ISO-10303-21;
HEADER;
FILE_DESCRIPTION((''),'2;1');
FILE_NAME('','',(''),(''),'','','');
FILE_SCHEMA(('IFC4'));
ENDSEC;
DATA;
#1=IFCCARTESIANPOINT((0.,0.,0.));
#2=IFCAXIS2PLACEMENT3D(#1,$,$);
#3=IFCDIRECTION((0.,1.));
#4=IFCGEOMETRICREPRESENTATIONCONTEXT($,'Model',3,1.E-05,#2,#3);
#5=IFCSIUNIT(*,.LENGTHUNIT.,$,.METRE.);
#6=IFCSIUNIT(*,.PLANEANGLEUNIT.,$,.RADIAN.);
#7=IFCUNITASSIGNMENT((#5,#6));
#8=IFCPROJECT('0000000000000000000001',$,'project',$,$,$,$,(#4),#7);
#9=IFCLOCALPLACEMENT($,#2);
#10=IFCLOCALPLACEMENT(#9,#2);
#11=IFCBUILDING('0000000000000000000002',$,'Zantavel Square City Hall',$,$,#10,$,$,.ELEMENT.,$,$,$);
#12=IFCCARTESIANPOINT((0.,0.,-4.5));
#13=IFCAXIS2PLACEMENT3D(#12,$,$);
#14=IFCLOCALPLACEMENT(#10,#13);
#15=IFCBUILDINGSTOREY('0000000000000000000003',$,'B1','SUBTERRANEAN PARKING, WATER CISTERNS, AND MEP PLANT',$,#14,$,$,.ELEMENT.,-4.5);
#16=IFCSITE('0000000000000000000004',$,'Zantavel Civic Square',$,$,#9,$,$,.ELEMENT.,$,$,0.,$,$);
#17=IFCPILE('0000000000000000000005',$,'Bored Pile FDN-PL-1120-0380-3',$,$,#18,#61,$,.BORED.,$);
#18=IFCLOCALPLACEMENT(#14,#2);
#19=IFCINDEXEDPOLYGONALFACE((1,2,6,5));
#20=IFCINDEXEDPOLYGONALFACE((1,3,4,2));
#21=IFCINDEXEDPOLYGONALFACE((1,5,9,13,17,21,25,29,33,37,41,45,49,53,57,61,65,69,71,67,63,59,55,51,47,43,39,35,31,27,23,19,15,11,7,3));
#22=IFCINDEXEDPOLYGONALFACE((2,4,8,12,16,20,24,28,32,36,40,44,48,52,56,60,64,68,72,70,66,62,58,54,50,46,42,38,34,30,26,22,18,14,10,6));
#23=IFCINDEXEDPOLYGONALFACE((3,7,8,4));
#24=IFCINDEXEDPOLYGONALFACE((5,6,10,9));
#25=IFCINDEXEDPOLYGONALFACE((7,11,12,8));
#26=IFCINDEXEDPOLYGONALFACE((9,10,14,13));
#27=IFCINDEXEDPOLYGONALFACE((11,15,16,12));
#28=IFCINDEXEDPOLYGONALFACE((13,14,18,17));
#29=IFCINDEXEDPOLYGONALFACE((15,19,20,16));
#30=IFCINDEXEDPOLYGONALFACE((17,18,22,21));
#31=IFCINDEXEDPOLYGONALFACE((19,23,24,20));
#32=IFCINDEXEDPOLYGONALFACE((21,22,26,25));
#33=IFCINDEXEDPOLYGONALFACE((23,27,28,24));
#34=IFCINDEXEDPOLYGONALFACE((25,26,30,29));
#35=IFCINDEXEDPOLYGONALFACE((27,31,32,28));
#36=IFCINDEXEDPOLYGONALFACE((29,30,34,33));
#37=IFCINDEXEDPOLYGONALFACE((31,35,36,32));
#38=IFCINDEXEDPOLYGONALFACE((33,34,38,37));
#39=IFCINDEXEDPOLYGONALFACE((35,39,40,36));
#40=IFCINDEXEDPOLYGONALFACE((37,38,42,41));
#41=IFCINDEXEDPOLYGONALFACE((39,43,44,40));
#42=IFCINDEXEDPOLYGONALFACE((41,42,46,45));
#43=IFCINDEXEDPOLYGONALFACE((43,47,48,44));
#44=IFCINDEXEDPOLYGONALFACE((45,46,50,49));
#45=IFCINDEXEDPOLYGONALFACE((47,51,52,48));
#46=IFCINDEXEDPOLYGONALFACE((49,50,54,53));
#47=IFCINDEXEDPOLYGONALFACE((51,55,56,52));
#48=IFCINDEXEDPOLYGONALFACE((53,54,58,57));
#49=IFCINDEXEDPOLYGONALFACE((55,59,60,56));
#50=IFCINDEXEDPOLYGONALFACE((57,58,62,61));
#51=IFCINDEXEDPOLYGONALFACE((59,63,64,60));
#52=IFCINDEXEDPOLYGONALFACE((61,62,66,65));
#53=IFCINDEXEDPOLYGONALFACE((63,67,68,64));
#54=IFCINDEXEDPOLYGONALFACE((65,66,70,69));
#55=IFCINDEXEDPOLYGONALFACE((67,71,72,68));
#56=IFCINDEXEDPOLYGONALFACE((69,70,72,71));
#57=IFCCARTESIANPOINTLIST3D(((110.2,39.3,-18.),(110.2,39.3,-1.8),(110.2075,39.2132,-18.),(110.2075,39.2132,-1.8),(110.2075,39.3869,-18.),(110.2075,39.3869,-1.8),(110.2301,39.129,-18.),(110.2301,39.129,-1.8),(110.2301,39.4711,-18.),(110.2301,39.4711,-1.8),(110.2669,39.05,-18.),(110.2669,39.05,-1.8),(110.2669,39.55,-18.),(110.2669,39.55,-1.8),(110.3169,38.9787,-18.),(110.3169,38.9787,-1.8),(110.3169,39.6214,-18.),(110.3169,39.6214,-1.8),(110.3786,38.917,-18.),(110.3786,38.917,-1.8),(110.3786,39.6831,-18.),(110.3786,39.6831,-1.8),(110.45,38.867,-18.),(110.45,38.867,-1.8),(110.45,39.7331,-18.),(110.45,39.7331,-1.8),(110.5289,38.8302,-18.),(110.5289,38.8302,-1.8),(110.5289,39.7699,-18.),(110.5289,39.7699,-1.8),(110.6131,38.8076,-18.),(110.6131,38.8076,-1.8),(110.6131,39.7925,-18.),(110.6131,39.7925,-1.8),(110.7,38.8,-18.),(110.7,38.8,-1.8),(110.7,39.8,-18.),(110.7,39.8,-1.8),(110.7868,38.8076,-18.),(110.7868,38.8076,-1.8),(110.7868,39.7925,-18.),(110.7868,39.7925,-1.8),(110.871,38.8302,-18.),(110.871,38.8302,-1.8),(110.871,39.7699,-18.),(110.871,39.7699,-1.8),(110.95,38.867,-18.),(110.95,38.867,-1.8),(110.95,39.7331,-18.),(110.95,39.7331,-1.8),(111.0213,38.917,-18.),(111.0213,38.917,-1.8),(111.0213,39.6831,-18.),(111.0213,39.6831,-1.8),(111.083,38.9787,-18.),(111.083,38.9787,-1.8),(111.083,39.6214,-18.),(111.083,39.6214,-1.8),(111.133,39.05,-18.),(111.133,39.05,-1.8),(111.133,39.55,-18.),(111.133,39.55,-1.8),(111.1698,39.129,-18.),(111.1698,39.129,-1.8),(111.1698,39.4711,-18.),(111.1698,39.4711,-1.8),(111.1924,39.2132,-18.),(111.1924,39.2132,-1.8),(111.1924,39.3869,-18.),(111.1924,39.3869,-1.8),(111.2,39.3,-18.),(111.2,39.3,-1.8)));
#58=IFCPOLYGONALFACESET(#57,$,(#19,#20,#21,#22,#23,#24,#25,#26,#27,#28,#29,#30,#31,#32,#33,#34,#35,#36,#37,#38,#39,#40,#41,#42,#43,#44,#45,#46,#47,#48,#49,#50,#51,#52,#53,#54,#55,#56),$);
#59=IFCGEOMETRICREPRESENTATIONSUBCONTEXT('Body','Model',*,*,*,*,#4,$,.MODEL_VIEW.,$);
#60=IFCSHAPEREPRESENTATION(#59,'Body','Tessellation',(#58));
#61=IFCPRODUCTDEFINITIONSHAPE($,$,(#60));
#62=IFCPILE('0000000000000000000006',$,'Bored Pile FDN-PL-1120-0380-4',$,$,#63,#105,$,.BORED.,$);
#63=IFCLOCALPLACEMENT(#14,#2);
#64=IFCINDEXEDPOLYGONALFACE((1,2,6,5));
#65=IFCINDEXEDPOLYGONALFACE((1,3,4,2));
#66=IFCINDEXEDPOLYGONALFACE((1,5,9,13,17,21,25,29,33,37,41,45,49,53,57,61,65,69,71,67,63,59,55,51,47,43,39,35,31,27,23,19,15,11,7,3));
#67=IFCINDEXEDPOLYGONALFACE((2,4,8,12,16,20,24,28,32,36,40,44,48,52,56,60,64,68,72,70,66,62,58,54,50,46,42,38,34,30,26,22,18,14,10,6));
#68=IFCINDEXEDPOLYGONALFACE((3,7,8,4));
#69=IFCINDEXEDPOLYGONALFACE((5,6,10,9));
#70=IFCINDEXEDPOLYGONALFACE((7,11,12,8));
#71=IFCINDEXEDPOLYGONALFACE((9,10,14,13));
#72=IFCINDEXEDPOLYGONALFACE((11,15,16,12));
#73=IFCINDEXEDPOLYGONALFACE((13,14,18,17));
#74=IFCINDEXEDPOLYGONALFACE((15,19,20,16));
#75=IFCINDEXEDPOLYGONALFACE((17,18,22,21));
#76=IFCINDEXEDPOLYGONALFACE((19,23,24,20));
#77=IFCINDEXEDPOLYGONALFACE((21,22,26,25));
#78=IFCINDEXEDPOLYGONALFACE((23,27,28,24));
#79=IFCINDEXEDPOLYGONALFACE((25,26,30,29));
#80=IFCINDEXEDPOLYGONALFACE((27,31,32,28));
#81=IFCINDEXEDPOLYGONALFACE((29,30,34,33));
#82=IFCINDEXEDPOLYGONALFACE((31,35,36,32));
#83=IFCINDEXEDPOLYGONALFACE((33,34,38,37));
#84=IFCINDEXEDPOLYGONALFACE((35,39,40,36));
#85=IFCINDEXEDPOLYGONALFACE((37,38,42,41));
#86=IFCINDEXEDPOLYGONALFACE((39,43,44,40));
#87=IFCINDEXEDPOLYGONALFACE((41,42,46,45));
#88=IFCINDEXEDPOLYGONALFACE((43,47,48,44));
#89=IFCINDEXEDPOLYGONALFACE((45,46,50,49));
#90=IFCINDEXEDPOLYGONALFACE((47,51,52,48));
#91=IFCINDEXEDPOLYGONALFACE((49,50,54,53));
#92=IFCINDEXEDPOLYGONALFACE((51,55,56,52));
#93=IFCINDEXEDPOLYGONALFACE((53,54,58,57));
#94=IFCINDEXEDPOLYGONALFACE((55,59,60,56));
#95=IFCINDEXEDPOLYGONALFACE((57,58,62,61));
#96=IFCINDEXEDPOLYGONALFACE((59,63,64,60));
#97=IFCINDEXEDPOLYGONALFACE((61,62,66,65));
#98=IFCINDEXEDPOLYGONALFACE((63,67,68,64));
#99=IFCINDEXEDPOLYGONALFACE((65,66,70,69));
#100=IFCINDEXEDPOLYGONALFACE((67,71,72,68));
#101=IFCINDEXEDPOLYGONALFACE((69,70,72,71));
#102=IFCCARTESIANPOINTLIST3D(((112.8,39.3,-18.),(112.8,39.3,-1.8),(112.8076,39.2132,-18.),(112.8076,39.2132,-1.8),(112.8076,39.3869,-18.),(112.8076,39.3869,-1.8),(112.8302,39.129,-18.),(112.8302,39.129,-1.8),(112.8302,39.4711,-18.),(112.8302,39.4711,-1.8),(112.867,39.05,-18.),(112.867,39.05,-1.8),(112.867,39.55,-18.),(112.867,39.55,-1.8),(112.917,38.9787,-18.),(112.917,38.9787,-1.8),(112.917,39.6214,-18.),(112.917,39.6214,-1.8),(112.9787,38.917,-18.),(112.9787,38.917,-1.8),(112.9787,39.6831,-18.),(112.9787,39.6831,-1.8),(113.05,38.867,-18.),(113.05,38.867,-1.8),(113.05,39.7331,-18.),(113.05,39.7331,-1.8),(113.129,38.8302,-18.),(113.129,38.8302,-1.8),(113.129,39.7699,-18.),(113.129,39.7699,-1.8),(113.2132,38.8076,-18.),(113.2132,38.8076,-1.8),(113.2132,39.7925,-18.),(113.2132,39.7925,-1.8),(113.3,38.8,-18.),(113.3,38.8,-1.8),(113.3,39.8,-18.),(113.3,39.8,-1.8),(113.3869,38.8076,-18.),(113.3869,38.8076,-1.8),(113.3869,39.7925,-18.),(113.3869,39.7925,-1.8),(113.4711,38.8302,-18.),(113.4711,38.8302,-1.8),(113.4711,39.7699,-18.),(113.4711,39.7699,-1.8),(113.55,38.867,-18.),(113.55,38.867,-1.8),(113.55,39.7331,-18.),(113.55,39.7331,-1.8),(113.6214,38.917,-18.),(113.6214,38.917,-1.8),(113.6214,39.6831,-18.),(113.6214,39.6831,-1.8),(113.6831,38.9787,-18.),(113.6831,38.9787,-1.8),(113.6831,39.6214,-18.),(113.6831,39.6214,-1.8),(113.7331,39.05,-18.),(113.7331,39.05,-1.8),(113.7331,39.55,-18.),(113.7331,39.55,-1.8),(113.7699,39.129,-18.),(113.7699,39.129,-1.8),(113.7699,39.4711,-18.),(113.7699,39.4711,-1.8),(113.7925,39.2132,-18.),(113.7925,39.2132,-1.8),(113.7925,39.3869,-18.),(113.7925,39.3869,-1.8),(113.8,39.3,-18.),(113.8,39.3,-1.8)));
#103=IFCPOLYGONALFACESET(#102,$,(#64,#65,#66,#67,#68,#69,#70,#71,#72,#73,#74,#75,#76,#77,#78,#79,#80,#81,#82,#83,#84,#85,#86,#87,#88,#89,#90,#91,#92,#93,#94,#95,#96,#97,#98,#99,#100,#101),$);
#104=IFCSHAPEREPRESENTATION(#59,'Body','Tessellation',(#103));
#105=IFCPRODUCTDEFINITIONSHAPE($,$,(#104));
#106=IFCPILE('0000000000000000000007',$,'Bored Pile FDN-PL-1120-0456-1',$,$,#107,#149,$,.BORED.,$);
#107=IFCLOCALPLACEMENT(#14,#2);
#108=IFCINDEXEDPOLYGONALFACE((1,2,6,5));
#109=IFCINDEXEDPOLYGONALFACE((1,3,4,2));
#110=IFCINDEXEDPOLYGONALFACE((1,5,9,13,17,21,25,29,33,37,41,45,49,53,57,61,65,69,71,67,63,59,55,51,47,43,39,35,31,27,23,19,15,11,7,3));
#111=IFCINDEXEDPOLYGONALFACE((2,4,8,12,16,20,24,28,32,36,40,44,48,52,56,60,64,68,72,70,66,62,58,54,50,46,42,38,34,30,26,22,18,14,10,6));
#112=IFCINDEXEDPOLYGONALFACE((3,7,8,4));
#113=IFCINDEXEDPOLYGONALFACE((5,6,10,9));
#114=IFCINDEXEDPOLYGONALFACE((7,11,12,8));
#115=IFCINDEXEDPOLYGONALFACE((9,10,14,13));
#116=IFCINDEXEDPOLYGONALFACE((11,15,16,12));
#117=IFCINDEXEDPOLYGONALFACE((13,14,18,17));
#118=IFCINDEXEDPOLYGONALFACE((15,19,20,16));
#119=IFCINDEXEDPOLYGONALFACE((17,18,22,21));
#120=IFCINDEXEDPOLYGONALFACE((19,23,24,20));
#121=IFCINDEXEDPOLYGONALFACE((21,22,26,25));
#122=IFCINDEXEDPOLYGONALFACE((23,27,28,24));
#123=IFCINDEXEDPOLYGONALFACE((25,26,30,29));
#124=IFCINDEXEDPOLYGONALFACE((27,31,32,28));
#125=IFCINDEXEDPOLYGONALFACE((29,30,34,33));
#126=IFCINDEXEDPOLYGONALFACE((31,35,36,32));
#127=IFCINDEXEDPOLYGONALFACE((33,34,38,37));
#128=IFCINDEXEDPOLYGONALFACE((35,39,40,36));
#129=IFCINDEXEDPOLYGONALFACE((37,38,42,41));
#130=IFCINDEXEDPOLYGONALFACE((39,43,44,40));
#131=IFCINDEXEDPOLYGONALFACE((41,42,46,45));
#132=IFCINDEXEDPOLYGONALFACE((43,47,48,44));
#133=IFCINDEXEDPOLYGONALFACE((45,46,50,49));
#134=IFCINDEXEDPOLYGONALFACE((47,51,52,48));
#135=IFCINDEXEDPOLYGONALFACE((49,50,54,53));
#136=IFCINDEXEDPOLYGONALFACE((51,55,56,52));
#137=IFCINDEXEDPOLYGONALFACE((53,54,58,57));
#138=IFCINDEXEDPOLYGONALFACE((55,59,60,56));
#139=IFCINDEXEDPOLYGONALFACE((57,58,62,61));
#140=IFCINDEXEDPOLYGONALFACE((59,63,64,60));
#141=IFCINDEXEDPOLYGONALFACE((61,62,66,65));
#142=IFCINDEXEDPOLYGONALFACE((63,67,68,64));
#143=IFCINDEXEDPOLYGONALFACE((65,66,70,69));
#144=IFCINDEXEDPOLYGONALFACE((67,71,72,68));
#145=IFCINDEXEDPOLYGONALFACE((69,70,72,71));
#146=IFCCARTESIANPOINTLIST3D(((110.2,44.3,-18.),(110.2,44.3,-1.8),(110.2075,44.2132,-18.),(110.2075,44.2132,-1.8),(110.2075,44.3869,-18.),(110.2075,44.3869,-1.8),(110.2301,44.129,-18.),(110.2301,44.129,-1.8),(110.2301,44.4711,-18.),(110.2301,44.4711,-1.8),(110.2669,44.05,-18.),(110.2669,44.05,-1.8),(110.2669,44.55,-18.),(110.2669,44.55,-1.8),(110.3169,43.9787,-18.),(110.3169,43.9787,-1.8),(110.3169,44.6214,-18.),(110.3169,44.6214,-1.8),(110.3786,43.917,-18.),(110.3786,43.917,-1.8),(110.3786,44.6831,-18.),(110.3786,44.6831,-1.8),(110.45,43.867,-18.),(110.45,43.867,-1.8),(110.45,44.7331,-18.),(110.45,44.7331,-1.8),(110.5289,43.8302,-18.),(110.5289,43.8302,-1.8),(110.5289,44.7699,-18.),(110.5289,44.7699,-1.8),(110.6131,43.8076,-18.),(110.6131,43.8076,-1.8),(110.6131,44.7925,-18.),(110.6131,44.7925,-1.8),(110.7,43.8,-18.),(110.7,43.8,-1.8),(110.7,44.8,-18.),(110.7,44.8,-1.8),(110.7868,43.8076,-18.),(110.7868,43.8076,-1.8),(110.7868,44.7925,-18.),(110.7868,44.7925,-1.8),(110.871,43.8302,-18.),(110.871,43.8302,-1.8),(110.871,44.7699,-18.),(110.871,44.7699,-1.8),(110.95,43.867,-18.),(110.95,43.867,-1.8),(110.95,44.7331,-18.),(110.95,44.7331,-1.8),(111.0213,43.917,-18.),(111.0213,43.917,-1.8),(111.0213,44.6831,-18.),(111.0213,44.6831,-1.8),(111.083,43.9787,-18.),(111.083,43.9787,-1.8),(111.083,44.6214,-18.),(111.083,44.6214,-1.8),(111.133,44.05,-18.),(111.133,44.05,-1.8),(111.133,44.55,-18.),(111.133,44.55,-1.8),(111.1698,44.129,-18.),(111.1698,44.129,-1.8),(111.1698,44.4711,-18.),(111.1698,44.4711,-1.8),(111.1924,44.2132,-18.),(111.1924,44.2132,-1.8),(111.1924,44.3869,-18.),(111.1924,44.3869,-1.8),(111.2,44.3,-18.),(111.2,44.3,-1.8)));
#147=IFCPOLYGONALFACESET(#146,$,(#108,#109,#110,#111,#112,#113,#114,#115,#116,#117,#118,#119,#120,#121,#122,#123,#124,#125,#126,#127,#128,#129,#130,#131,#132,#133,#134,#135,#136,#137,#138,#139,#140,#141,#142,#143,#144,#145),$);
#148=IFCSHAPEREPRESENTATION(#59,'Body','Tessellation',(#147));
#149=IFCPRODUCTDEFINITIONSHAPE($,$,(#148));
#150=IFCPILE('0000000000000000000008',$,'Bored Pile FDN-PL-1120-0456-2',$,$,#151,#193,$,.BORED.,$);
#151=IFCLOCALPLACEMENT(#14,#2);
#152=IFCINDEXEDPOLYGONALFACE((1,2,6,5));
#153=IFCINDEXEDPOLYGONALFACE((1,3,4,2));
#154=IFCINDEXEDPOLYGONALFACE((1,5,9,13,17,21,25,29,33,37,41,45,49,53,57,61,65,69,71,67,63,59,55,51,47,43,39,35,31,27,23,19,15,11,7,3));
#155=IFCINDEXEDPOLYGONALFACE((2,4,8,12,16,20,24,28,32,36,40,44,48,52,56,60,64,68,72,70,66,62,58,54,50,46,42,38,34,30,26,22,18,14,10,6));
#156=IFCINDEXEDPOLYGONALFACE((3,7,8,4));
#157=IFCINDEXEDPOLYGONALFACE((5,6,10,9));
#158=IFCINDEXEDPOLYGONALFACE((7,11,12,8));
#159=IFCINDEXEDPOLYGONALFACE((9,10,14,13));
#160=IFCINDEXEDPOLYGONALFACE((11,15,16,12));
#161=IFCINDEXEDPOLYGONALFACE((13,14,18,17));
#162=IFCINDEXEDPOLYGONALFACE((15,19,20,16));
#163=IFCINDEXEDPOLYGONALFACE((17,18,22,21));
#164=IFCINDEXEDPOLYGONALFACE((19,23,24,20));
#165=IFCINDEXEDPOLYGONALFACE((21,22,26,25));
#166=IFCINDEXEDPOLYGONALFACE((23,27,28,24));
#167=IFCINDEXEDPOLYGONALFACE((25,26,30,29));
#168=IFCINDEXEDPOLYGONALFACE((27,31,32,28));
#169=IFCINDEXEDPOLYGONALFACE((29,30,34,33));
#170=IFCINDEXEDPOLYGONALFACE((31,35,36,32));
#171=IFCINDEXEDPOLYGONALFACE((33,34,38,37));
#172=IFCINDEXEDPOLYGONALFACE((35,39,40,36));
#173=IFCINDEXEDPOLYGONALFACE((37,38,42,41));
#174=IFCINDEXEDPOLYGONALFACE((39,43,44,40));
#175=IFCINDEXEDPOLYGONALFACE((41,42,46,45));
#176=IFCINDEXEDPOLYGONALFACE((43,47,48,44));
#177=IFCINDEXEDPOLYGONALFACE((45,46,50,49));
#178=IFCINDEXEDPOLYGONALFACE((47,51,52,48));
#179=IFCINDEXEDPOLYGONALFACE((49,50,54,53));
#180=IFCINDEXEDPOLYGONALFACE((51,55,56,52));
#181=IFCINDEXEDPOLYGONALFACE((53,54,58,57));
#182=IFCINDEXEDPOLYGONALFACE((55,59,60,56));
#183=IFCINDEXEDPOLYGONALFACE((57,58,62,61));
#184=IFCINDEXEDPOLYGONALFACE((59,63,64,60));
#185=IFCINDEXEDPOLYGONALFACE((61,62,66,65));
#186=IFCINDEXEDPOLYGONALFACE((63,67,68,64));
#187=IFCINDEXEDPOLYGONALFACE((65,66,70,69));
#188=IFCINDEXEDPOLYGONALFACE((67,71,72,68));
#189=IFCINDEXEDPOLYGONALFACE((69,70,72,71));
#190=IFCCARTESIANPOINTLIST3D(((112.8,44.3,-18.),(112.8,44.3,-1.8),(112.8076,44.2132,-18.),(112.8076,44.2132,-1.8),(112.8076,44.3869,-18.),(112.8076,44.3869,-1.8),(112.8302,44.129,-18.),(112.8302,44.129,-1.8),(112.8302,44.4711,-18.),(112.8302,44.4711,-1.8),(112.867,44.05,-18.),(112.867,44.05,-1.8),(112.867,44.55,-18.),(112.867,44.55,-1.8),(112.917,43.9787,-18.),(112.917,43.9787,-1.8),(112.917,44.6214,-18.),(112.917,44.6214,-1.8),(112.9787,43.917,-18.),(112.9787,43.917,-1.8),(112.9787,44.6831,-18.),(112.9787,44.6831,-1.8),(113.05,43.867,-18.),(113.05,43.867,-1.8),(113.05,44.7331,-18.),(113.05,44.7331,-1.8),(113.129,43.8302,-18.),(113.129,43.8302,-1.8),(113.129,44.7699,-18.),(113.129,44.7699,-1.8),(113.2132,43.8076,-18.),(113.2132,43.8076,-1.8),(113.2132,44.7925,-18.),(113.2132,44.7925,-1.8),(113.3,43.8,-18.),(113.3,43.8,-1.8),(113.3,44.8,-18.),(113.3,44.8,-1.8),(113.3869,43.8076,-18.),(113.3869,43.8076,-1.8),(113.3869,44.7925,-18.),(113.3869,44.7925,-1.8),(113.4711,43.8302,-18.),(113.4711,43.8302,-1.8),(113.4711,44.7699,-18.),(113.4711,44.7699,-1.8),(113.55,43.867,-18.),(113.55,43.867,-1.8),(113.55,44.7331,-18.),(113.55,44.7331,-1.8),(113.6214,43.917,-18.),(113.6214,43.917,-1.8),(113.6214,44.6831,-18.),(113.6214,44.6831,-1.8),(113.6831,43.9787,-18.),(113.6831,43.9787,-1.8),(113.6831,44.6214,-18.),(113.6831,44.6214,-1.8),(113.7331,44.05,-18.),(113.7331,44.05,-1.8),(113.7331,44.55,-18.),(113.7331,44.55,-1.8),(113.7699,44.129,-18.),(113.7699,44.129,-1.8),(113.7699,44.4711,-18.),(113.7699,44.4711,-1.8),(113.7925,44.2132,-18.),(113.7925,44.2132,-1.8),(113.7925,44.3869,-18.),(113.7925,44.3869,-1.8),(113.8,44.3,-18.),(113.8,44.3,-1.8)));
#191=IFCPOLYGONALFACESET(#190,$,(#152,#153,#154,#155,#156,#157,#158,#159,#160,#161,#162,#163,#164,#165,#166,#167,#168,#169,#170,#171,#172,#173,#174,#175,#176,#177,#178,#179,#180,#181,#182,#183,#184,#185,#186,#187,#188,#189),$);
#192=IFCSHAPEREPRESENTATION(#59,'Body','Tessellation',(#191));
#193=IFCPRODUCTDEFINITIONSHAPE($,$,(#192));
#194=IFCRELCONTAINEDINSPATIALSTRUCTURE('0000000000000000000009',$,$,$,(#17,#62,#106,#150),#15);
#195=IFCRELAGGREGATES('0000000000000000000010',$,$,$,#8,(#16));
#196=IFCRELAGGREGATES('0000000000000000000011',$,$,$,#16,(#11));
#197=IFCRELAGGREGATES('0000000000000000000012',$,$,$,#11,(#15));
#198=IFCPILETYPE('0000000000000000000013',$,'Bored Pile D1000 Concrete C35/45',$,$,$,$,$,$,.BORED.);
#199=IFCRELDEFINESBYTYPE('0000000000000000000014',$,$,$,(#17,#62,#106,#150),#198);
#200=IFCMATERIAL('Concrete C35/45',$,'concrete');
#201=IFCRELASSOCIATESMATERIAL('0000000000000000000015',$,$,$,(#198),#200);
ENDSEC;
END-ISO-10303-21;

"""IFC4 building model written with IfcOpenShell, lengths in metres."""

from ifc_helpers import new_model, si_unit, direction, frame, origin, origin_2d, place, context, subcontext, project, spatial, circle, extrude, material, material_profile, profile_set, type_object, element, save


model = new_model("IFC4")

# Units and contexts
model_context = context("Model", 3, precision=1e-05, world=origin(), true_north=direction((0.0, 1.0)))
body_context = subcontext(model_context, "Body", "Model", "MODEL_VIEW")
ifc_project = project(units=[si_unit("LENGTHUNIT", "METRE"), si_unit("PLANEANGLEUNIT", "RADIAN")], contexts=[model_context])

# Site, building, storey
site_placement = place(None, origin())
site = spatial("IfcSite", under=ifc_project, at=site_placement, Name="Zantavel Civic Square", CompositionType="ELEMENT", RefElevation=0.0)
building_placement = place(site_placement, origin())
building = spatial("IfcBuilding", under=site, at=building_placement, Name="Zantavel Square City Hall", CompositionType="ELEMENT")
storey_placement = place(building_placement, frame((0.0, 0.0, -4.5)))
storey = spatial("IfcBuildingStorey", under=building, at=storey_placement, Name="B1", Description="SUBTERRANEAN PARKING, WATER CISTERNS, AND MEP PLANT", CompositionType="ELEMENT", Elevation=-4.5)

# Piles
ifc_material_1 = material(Name="Concrete C35/45", Category="concrete")
ifc_material_profile_1 = material_profile(ifc_material_1, circle(Radius=0.5, at=origin_2d()), Name="PILE D1000")
ifc_profile_set_1 = profile_set([ifc_material_profile_1], Name="Concrete C35/45")
pile_type_1 = type_object("IfcPileType", Name="Bored Pile D1000 Concrete C35/45", PredefinedType="BORED", material=ifc_profile_set_1)
for number, where, z_axis, x_axis, name in (
    (1, (110.7, 39.3, -1.8), (0.0, 0.0, -1.0), (1.0, 0.0, 0.0), "Bored Pile FDN-PL-1120-0380-3"),
    (2, (113.3, 39.3, -1.8), (0.0, 0.0, -1.0), (1.0, 0.0, 0.0), "Bored Pile FDN-PL-1120-0380-4"),
    (3, (110.7, 44.3, -1.8), (0.0, 0.0, -1.0), (1.0, 0.0, 0.0), "Bored Pile FDN-PL-1120-0456-1"),
    (4, (113.3, 44.3, -1.8), (0.0, 0.0, -1.0), (1.0, 0.0, 0.0), "Bored Pile FDN-PL-1120-0456-2"),
):
    element("IfcPile", number, at=place(storey_placement, frame(where, z_axis=z_axis, x_axis=x_axis)), inside=storey, type_object=pile_type_1, Name=name, PredefinedType="BORED", context=body_context, shape_type="SweptSolid", body=[
        extrude(circle(Radius=0.5, at=origin_2d()), origin(), (0.0, 0.0, 1.0), 16.2),
    ])

save(model, "model.ifc")
